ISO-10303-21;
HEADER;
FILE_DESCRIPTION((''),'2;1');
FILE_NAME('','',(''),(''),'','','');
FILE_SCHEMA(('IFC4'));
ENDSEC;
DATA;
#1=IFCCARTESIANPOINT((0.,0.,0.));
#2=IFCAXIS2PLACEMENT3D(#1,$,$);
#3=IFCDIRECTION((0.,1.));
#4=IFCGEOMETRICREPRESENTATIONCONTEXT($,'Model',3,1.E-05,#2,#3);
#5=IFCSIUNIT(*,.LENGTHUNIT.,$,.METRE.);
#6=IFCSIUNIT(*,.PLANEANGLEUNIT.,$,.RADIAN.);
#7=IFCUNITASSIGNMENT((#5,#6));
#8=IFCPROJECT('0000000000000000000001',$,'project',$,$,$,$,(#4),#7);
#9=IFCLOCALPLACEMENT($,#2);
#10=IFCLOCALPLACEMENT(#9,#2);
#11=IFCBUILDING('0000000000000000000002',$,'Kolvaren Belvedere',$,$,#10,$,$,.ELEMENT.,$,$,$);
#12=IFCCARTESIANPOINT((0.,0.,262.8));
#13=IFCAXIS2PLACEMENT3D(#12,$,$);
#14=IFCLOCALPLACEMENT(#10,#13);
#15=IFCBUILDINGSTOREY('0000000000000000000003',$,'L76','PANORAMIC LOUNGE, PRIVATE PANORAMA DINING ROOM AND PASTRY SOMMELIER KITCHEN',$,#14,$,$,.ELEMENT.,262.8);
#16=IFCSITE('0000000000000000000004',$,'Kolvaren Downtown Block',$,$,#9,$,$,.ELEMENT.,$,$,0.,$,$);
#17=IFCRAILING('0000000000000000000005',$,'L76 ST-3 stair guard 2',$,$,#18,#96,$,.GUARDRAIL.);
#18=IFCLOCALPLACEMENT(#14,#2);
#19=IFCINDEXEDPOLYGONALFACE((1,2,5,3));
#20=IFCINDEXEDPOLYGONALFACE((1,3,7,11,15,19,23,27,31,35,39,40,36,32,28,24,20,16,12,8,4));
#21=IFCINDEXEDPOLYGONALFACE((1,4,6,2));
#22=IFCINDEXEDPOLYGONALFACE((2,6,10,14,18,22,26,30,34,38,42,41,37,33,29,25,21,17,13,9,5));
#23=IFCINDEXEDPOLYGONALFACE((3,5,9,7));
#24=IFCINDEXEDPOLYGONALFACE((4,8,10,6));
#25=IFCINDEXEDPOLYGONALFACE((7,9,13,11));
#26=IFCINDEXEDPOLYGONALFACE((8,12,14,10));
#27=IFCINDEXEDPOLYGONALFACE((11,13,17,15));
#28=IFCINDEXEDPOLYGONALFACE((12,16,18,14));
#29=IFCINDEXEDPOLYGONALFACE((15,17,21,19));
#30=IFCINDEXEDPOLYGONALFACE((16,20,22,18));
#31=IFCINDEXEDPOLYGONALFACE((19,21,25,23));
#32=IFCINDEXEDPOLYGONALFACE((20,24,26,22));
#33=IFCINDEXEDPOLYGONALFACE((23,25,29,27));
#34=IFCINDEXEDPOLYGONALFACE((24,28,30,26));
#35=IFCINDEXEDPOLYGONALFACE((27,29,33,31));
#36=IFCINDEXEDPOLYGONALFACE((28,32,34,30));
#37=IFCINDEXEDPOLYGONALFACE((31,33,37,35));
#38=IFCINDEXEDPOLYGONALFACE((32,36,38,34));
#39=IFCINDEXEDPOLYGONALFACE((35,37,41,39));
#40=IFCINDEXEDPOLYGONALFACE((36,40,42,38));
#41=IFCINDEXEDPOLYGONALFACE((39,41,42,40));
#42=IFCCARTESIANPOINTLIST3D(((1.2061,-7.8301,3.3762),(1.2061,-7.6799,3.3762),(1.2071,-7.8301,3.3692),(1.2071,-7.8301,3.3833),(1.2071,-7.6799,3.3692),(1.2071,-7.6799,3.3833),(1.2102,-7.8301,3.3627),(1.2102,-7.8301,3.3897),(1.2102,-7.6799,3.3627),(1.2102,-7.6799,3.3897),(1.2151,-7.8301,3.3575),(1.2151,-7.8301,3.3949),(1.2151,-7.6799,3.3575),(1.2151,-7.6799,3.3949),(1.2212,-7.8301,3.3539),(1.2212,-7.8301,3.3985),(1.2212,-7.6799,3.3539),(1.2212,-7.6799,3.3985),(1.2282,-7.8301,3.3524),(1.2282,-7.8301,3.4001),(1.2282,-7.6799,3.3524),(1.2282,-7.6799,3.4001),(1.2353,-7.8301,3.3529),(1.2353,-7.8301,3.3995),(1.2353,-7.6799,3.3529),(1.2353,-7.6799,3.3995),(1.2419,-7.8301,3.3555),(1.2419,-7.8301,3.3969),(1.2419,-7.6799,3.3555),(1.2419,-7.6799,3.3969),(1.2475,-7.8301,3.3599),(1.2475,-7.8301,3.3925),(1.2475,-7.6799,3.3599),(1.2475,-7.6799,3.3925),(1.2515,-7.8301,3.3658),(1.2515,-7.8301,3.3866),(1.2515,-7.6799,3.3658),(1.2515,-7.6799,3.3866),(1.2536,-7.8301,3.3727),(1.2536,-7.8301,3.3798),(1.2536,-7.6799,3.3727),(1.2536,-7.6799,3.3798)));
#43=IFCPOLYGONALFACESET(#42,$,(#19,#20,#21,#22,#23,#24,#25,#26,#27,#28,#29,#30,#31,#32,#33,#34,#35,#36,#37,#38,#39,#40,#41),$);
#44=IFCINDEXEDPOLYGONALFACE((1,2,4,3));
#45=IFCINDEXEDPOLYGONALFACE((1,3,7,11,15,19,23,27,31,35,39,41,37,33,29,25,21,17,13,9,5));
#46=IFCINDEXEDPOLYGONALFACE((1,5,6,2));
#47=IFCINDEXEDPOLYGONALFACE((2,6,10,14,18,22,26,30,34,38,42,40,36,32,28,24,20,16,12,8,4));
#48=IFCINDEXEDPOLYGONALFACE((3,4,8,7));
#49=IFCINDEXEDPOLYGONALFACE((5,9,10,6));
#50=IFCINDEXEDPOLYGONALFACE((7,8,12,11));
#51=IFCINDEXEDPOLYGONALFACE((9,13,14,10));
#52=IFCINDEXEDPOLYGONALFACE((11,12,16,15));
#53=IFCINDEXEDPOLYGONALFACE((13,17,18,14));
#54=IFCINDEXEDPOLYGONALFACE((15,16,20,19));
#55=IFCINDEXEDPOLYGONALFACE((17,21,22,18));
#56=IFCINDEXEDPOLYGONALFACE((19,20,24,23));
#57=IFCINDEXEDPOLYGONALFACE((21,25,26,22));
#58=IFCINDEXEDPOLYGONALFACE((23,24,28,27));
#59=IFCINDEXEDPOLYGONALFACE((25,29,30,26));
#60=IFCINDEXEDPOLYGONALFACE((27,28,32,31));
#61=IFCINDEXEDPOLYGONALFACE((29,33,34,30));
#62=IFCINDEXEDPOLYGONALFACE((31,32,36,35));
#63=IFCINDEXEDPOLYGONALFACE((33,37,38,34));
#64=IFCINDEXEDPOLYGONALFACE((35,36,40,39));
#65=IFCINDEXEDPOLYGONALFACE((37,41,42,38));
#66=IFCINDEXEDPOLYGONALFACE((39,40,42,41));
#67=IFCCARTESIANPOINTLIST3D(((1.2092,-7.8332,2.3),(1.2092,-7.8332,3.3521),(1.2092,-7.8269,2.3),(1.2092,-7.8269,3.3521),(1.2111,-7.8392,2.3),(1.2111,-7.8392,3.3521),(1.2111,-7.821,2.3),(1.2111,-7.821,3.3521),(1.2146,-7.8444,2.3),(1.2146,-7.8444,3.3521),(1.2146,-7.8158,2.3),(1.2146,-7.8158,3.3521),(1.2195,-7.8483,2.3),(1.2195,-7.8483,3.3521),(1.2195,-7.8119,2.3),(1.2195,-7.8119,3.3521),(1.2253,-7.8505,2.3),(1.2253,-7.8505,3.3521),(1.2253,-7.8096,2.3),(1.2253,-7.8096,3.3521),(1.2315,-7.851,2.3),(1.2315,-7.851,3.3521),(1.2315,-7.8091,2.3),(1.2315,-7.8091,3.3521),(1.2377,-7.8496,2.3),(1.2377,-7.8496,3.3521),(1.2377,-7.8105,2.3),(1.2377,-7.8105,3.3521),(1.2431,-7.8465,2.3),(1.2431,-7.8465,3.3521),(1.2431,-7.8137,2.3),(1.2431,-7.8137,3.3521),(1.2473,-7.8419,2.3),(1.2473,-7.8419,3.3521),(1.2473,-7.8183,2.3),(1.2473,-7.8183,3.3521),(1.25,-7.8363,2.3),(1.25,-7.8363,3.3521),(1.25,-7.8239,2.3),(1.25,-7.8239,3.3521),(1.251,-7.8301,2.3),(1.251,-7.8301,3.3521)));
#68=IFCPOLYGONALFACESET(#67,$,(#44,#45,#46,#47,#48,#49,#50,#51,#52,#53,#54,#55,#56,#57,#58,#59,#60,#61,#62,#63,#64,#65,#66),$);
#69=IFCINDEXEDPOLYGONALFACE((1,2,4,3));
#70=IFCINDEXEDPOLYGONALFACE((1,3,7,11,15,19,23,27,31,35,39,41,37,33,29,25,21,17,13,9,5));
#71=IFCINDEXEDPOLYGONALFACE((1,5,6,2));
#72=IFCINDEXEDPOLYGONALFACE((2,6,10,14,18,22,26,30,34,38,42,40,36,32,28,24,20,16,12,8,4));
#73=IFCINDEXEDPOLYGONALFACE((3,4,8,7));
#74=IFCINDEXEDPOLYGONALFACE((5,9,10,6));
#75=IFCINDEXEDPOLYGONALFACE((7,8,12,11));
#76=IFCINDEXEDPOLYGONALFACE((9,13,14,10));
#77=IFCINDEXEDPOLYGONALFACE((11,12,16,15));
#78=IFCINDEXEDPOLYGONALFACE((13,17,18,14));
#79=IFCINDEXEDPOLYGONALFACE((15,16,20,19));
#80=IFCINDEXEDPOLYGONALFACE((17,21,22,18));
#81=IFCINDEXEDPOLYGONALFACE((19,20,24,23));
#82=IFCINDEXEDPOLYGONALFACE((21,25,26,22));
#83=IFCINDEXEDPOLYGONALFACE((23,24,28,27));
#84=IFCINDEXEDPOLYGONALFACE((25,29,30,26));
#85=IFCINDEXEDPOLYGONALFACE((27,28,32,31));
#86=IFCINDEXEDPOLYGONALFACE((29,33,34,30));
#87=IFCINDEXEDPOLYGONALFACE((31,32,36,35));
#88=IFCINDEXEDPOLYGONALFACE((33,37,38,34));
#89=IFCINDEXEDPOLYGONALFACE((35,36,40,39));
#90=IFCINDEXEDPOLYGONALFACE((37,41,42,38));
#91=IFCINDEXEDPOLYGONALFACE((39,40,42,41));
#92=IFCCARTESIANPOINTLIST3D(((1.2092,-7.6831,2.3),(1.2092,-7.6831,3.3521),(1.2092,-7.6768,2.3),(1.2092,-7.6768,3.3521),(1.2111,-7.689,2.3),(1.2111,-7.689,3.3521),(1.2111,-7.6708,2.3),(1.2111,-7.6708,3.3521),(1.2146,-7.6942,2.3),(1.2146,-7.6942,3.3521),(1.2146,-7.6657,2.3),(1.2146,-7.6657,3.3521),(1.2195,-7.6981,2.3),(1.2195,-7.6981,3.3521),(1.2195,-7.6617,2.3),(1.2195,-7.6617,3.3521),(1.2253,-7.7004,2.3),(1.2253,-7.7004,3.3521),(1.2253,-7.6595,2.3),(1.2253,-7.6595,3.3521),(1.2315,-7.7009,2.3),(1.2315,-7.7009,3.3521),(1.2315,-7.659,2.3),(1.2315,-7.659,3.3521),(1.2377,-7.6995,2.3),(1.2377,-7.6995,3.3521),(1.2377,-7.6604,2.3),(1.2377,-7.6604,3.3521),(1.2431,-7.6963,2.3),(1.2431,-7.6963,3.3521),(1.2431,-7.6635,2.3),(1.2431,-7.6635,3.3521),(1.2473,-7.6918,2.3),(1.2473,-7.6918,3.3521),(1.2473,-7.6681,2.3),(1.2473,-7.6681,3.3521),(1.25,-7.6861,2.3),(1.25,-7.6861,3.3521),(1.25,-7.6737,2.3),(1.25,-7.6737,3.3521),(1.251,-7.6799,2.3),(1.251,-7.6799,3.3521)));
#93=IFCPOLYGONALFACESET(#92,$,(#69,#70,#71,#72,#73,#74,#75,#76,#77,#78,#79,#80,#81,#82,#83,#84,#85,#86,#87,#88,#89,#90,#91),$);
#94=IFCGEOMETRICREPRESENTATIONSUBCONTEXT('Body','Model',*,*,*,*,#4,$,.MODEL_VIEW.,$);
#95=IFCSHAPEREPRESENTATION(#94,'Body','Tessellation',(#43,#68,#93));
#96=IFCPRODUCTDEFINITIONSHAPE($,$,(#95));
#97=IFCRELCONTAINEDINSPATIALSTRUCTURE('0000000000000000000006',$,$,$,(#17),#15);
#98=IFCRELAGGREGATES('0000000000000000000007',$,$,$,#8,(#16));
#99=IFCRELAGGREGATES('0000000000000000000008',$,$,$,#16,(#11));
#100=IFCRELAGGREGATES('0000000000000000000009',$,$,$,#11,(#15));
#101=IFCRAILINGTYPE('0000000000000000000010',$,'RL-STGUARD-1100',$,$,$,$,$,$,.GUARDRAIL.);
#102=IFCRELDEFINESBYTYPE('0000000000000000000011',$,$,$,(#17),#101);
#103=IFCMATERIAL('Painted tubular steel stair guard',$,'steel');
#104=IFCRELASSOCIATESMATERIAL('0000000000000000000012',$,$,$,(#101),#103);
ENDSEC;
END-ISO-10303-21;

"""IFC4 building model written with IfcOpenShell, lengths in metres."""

from ifc_helpers import new_model, si_unit, direction, frame, origin, origin_2d, place, context, subcontext, project, spatial, circle, extrude, material, type_object, element, save


model = new_model("IFC4")

# Units and contexts
model_context = context("Model", 3, precision=1e-05, world=origin(), true_north=direction((0.0, 1.0)))
body_context = subcontext(model_context, "Body", "Model", "MODEL_VIEW")
ifc_project = project(units=[si_unit("LENGTHUNIT", "METRE"), si_unit("PLANEANGLEUNIT", "RADIAN")], contexts=[model_context])

# Site, building, storey
site_placement = place(None, origin())
site = spatial("IfcSite", under=ifc_project, at=site_placement, Name="Kolvaren Downtown Block", CompositionType="ELEMENT", RefElevation=0.0)
building_placement = place(site_placement, origin())
building = spatial("IfcBuilding", under=site, at=building_placement, Name="Kolvaren Belvedere", CompositionType="ELEMENT")
storey_placement = place(building_placement, frame((0.0, 0.0, 262.8)))
storey = spatial("IfcBuildingStorey", under=building, at=storey_placement, Name="L76", Description="PANORAMIC LOUNGE, PRIVATE PANORAMA DINING ROOM AND PASTRY SOMMELIER KITCHEN", CompositionType="ELEMENT", Elevation=262.8)

# Railing
ifc_material_1 = material(Name="Painted tubular steel stair guard", Category="steel")
railing_type_1 = type_object("IfcRailingType", Name="RL-STGUARD-1100", PredefinedType="GUARDRAIL", material=ifc_material_1)
railing_1_placement = place(storey_placement, frame((1.23, -7.8301, 2.3)))
element("IfcRailing", 1, at=railing_1_placement, inside=storey, type_object=railing_type_1, Name="L76 ST-3 stair guard 2", PredefinedType="GUARDRAIL", context=body_context, shape_type="SweptSolid", body=[
    extrude(circle(Radius=0.0239, at=origin_2d()), frame((0.0, 0.0, 1.0762), z_axis=(0.0, 1.0, 0.0), x_axis=(-1.0, 0.0, 0.0)), (0.0, 0.0, 1.0), 0.1501),
    extrude(circle(Radius=0.021, at=origin_2d()), origin(), (0.0, 0.0, 1.0), 1.052),
    extrude(circle(Radius=0.021, at=origin_2d()), frame((0.0, 0.1501, 0.0)), (0.0, 0.0, 1.0), 1.052),
])

save(model, "model.ifc")
